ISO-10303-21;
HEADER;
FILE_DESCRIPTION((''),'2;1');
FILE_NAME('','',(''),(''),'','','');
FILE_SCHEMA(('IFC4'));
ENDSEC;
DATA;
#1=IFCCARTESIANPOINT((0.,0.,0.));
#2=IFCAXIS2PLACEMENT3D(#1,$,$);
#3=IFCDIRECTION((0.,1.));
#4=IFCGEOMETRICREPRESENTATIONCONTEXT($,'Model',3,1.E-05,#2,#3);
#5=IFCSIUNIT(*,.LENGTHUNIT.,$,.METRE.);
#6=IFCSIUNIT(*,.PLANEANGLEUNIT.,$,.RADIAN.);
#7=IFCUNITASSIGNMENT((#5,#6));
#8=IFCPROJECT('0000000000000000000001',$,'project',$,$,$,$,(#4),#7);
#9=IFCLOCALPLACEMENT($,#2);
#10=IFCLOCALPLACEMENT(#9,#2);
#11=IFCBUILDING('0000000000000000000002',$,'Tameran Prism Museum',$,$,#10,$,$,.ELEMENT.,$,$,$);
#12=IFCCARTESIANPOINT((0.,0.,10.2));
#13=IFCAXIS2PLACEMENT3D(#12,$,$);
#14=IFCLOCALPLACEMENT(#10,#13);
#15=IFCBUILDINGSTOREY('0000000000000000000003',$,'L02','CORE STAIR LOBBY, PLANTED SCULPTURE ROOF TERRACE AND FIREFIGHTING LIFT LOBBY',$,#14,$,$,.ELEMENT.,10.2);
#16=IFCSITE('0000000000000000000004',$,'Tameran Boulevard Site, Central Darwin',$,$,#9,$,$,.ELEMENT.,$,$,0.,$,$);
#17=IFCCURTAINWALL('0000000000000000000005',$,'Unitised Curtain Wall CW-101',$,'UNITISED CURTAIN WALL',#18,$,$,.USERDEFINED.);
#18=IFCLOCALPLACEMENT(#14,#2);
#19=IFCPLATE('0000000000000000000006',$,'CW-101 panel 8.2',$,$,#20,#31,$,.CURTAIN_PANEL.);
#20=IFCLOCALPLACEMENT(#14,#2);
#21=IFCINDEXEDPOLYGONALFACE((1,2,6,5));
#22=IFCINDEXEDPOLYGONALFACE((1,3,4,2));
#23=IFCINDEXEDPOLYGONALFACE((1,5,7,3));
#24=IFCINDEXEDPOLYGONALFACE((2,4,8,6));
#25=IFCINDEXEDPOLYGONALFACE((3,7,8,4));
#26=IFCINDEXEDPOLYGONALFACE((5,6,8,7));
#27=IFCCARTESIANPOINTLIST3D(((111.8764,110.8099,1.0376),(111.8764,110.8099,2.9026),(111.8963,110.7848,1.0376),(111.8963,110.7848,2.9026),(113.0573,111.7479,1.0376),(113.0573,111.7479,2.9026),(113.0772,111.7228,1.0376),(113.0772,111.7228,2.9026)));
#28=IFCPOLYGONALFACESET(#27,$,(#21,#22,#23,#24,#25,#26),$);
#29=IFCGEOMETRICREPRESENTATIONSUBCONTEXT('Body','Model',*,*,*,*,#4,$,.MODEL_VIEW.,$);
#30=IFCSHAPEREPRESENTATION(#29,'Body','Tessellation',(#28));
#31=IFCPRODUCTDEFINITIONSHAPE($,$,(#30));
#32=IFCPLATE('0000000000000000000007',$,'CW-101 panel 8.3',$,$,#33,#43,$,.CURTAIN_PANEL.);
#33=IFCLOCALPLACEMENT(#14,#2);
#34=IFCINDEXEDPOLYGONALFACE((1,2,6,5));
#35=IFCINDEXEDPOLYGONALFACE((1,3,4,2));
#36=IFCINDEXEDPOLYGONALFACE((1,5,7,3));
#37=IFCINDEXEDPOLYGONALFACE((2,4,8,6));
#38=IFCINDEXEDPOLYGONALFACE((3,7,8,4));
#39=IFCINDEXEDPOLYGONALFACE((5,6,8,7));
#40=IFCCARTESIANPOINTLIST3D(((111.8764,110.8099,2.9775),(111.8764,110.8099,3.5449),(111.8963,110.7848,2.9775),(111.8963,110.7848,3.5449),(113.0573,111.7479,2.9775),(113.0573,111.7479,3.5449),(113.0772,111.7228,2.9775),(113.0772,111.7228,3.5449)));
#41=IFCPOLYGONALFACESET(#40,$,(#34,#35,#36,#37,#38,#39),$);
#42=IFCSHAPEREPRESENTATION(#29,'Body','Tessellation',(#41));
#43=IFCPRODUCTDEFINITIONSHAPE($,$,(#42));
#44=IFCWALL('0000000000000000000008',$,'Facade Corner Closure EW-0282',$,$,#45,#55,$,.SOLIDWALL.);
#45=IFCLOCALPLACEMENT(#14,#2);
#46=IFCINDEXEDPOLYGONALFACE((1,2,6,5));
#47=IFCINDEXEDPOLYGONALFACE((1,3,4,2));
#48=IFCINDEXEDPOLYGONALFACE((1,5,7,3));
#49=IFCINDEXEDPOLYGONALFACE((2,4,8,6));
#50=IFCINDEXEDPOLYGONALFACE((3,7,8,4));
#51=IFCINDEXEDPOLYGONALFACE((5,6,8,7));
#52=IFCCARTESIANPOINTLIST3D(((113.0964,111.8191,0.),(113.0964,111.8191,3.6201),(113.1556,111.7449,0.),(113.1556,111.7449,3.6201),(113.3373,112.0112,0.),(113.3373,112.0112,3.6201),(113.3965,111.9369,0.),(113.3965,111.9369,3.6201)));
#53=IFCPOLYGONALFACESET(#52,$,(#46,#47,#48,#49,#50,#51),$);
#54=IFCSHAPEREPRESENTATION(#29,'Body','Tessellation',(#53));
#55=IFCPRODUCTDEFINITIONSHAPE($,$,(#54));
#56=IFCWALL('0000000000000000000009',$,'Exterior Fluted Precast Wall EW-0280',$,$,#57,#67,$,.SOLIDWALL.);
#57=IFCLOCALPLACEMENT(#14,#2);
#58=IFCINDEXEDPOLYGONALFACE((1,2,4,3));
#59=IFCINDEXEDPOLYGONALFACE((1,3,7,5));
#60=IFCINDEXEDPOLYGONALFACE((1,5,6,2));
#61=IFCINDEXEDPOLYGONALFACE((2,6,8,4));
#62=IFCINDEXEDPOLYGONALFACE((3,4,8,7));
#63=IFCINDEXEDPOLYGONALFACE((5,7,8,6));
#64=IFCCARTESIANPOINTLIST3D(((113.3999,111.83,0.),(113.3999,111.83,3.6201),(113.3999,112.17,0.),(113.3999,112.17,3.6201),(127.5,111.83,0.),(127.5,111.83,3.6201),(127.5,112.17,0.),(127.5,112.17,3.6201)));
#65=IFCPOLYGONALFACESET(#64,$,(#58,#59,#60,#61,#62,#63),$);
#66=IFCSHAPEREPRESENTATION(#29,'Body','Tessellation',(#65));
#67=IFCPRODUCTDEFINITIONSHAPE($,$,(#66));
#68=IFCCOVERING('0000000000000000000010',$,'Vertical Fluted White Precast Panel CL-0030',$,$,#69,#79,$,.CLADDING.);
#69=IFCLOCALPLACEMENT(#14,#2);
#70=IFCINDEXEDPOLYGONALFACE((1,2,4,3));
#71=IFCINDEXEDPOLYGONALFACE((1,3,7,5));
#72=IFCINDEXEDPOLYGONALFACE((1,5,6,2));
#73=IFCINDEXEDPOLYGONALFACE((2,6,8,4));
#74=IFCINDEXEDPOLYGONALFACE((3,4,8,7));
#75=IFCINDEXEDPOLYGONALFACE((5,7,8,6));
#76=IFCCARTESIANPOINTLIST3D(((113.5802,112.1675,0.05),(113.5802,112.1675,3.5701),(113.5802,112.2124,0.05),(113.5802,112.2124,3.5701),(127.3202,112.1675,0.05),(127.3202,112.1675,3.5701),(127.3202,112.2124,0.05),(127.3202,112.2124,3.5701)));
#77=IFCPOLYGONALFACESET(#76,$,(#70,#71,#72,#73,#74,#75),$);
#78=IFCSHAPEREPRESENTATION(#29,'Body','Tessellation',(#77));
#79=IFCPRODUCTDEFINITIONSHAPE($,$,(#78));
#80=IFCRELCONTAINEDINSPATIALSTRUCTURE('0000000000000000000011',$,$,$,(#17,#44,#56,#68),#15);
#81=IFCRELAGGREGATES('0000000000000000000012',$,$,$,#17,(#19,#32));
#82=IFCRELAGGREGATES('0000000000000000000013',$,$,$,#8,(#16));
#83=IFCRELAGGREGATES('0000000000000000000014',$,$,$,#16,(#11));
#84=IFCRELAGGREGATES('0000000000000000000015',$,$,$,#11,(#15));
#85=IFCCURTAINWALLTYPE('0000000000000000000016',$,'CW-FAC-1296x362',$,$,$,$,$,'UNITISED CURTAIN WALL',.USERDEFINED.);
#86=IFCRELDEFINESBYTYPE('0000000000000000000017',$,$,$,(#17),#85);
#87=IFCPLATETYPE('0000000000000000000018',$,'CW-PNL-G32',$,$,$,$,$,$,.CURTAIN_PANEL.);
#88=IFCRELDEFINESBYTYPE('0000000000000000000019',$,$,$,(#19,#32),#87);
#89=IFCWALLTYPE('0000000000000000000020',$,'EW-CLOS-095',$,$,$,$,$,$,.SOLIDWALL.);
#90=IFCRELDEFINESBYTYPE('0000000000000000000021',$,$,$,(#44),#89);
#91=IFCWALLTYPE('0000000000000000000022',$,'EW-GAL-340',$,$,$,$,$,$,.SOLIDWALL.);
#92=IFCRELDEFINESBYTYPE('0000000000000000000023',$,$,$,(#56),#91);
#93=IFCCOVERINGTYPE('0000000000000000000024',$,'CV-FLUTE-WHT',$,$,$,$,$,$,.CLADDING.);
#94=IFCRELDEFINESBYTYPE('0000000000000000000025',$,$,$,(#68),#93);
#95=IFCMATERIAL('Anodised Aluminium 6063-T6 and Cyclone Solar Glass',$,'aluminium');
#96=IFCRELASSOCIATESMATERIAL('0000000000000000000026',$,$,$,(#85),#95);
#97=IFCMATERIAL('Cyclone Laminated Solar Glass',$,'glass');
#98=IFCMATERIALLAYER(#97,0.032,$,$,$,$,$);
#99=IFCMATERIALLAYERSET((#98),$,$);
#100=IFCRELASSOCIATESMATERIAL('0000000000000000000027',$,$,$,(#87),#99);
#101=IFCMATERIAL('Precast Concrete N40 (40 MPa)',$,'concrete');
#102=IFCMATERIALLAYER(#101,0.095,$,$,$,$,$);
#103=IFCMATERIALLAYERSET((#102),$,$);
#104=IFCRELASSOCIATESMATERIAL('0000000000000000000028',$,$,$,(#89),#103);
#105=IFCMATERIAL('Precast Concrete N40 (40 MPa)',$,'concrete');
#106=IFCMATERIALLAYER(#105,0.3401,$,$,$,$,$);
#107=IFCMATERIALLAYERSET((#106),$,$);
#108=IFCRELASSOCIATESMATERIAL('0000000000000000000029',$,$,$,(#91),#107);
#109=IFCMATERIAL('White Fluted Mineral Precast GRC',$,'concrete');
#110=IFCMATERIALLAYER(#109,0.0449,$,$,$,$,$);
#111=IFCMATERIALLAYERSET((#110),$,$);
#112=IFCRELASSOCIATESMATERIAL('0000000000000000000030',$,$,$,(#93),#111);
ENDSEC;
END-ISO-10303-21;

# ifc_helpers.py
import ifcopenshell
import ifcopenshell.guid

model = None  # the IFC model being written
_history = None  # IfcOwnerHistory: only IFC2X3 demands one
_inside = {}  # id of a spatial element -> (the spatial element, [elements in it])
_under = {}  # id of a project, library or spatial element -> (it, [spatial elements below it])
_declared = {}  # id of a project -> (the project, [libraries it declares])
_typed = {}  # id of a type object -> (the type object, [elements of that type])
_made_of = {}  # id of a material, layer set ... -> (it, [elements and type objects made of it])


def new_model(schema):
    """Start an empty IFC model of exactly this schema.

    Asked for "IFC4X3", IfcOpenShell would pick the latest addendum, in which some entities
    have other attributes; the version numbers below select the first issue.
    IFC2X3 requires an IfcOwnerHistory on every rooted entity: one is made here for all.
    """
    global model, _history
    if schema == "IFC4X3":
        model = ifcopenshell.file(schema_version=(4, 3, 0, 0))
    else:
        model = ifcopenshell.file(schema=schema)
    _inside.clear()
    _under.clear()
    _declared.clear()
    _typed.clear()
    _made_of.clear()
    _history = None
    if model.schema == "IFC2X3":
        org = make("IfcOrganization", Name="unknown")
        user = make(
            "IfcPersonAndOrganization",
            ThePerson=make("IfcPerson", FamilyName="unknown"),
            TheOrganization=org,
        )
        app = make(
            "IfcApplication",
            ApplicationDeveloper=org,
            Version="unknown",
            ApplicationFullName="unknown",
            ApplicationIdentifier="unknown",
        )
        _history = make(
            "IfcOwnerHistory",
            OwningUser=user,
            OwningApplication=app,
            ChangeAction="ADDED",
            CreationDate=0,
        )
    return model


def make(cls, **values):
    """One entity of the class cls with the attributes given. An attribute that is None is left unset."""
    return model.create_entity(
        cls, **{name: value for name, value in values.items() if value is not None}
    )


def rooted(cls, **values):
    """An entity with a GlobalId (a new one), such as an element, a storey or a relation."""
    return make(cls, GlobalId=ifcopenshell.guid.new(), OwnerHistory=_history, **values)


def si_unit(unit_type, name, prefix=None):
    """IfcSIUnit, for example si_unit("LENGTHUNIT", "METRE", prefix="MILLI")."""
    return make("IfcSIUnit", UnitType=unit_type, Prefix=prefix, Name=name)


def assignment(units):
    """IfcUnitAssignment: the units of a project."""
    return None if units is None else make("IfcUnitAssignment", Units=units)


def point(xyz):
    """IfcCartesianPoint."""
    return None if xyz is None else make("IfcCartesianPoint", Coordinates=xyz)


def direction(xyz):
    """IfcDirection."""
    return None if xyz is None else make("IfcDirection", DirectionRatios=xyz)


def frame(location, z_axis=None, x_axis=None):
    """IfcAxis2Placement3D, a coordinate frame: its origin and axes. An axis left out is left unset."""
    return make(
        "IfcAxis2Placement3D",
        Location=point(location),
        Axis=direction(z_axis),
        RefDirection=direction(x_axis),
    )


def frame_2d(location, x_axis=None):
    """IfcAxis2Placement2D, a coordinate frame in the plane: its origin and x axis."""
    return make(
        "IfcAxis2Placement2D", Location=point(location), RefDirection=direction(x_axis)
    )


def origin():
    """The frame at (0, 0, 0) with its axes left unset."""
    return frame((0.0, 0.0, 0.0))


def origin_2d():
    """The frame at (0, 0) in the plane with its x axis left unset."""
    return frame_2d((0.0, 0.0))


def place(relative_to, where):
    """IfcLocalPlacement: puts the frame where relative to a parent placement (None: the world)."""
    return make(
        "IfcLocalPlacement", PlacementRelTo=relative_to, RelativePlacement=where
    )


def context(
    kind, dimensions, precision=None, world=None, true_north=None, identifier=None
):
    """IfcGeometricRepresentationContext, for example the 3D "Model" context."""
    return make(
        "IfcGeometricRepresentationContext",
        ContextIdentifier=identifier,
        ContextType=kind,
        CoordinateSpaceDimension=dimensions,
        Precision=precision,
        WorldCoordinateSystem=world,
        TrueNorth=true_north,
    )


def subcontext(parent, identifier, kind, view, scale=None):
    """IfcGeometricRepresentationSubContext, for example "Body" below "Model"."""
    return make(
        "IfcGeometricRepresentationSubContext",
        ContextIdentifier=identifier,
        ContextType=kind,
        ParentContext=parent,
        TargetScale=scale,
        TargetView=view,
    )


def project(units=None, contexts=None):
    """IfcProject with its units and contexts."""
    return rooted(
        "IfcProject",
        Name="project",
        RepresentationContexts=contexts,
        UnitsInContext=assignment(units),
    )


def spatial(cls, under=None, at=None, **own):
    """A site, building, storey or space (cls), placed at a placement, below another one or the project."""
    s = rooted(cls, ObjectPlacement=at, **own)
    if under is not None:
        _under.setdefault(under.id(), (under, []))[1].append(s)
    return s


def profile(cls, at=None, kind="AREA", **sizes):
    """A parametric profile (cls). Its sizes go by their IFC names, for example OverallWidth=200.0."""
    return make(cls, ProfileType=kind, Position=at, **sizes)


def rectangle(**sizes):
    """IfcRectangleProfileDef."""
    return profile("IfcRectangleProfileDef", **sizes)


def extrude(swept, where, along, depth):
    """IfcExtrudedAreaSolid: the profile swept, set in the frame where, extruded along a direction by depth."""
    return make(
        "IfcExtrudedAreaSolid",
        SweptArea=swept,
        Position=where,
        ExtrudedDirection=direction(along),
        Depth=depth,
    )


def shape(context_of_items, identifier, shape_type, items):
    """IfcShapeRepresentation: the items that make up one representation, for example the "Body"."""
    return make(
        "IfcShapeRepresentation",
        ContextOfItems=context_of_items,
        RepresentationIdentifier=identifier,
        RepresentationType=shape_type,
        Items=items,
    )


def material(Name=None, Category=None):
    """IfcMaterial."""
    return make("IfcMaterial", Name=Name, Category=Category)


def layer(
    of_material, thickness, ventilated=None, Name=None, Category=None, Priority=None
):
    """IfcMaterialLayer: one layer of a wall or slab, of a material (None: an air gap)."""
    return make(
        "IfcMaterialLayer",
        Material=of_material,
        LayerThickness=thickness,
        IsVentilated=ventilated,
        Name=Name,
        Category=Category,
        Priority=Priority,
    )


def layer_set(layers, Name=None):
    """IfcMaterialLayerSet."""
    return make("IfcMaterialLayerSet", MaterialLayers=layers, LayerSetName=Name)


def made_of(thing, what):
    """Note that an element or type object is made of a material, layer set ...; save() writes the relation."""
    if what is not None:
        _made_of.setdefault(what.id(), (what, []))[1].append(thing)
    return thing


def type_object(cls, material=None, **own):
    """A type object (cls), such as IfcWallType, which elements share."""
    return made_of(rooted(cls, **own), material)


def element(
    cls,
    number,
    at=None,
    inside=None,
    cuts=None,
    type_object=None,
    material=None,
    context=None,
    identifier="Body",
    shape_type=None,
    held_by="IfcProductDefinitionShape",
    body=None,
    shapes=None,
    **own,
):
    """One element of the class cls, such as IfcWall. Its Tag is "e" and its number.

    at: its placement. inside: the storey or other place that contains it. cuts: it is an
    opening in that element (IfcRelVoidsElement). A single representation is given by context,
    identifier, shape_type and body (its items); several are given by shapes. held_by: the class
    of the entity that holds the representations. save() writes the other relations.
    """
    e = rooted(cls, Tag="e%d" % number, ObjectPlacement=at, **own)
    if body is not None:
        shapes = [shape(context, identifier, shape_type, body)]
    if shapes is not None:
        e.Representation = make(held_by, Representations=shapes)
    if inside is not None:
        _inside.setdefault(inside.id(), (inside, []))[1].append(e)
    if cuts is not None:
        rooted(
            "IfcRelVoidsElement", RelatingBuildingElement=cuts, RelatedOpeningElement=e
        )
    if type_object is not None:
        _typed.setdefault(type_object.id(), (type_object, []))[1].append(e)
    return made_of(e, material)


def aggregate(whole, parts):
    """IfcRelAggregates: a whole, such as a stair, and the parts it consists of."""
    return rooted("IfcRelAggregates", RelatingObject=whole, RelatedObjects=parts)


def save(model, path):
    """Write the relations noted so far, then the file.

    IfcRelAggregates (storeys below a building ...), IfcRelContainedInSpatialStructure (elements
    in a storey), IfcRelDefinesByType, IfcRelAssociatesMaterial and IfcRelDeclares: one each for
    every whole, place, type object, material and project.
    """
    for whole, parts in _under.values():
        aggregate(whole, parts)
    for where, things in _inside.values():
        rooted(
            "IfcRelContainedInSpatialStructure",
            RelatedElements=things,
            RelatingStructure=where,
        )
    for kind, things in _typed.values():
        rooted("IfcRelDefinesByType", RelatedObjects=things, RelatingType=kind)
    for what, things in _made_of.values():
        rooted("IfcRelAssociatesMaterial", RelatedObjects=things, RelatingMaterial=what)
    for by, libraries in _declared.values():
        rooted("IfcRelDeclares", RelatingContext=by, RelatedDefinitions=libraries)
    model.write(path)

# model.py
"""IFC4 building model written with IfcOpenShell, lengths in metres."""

from ifc_helpers import new_model, si_unit, direction, frame, frame_2d, origin, origin_2d, place, context, subcontext, project, spatial, rectangle, extrude, material, layer, layer_set, type_object, element, aggregate, save


model = new_model("IFC4")

# Units and contexts
model_context = context("Model", 3, precision=1e-05, world=origin(), true_north=direction((0.0, 1.0)))
body_context = subcontext(model_context, "Body", "Model", "MODEL_VIEW")
ifc_project = project(units=[si_unit("LENGTHUNIT", "METRE"), si_unit("PLANEANGLEUNIT", "RADIAN")], contexts=[model_context])

# Site, building, storey
site_placement = place(None, origin())
site = spatial("IfcSite", under=ifc_project, at=site_placement, Name="Tameran Boulevard Site, Central Darwin", CompositionType="ELEMENT", RefElevation=0.0)
building_placement = place(site_placement, origin())
building = spatial("IfcBuilding", under=site, at=building_placement, Name="Tameran Prism Museum", CompositionType="ELEMENT")
storey_placement = place(building_placement, frame((0.0, 0.0, 10.2)))
storey = spatial("IfcBuildingStorey", under=building, at=storey_placement, Name="L02", Description="CORE STAIR LOBBY, PLANTED SCULPTURE ROOF TERRACE AND FIREFIGHTING LIFT LOBBY", CompositionType="ELEMENT", Elevation=10.2)

# Curtain wall, plates
ifc_material_1 = material(Name="Anodised Aluminium 6063-T6 and Cyclone Solar Glass", Category="aluminium")
curtain_wall_type = type_object("IfcCurtainWallType", Name="CW-FAC-1296x362", ElementType="UNITISED CURTAIN WALL", PredefinedType="USERDEFINED", material=ifc_material_1)
curtain_wall_placement = place(storey_placement, origin())
curtain_wall = element("IfcCurtainWall", 1, at=curtain_wall_placement, inside=storey, type_object=curtain_wall_type, Name="Unitised Curtain Wall CW-101", ObjectType="UNITISED CURTAIN WALL", PredefinedType="USERDEFINED")
ifc_material_2 = material(Name="Cyclone Laminated Solar Glass", Category="glass")
ifc_layer_1 = layer(ifc_material_2, 0.032)
ifc_layer_set_1 = layer_set([ifc_layer_1])
plate_type = type_object("IfcPlateType", Name="CW-PNL-G32", PredefinedType="CURTAIN_PANEL", material=ifc_layer_set_1)
plate_1_placement = place(storey_placement, frame((112.4768, 111.2664, 1.0376), z_axis=(0.0, 0.0, 1.0), x_axis=(0.783031, 0.621982, 0.0)))
plate_1 = element("IfcPlate", 2, at=plate_1_placement, type_object=plate_type, Name="CW-101 panel 8.2", PredefinedType="CURTAIN_PANEL", context=body_context, shape_type="SweptSolid", body=[
    extrude(rectangle(XDim=1.5081, YDim=0.032, at=origin_2d()), origin(), (0.0, 0.0, 1.0), 1.865),
])
plate_2_placement = place(storey_placement, frame((112.4768, 111.2664, 2.9775), z_axis=(0.0, 0.0, 1.0), x_axis=(0.783031, 0.621982, 0.0)))
plate_2 = element("IfcPlate", 3, at=plate_2_placement, type_object=plate_type, Name="CW-101 panel 8.3", PredefinedType="CURTAIN_PANEL", context=body_context, shape_type="SweptSolid", body=[
    extrude(rectangle(XDim=1.5081, YDim=0.032, at=origin_2d()), origin(), (0.0, 0.0, 1.0), 0.5674),
])
aggregate(curtain_wall, [plate_1, plate_2])

# Walls
ifc_material_3 = material(Name="Precast Concrete N40 (40 MPa)", Category="concrete")
ifc_layer_2 = layer(ifc_material_3, 0.095)
ifc_layer_set_2 = layer_set([ifc_layer_2])
wall_type_1 = type_object("IfcWallType", Name="EW-CLOS-095", PredefinedType="SOLIDWALL", material=ifc_layer_set_2)
wall_1_placement = place(storey_placement, frame((113.126, 111.782, 0.0), z_axis=(0.0, 0.0, 1.0), x_axis=(0.781873, 0.623438, 0.0)))
element("IfcWall", 4, at=wall_1_placement, inside=storey, type_object=wall_type_1, Name="Facade Corner Closure EW-0282", PredefinedType="SOLIDWALL", context=body_context, shape_type="SweptSolid", body=[
    extrude(rectangle(XDim=0.3081, YDim=0.095, at=frame_2d((0.1541, 0.0))), origin(), (0.0, 0.0, 1.0), 3.6201),
])
ifc_material_4 = material(Name="Precast Concrete N40 (40 MPa)", Category="concrete")
ifc_layer_3 = layer(ifc_material_4, 0.3401)
ifc_layer_set_3 = layer_set([ifc_layer_3])
wall_type_2 = type_object("IfcWallType", Name="EW-GAL-340", PredefinedType="SOLIDWALL", material=ifc_layer_set_3)
wall_2_placement = place(storey_placement, frame((113.3999, 112.0, 0.0), z_axis=(0.0, 0.0, 1.0), x_axis=(1.0, 0.0, 0.0)))
element("IfcWall", 5, at=wall_2_placement, inside=storey, type_object=wall_type_2, Name="Exterior Fluted Precast Wall EW-0280", PredefinedType="SOLIDWALL", context=body_context, shape_type="SweptSolid", body=[
    extrude(rectangle(XDim=14.1001, YDim=0.3401, at=frame_2d((7.05, 0.0))), origin(), (0.0, 0.0, 1.0), 3.6201),
])

# Covering
ifc_material_5 = material(Name="White Fluted Mineral Precast GRC", Category="concrete")
ifc_layer_4 = layer(ifc_material_5, 0.0449)
ifc_layer_set_4 = layer_set([ifc_layer_4])
covering_type = type_object("IfcCoveringType", Name="CV-FLUTE-WHT", PredefinedType="CLADDING", material=ifc_layer_set_4)
covering_placement = place(storey_placement, frame((113.5801, 112.1899, 0.05), z_axis=(0.0, 0.0, 1.0), x_axis=(1.0, 0.0, 0.0)))
element("IfcCovering", 6, at=covering_placement, inside=storey, type_object=covering_type, Name="Vertical Fluted White Precast Panel CL-0030", PredefinedType="CLADDING", context=body_context, shape_type="SweptSolid", body=[
    extrude(rectangle(XDim=13.74, YDim=0.0449, at=frame_2d((6.8701, 0.0))), origin(), (0.0, 0.0, 1.0), 3.52),
])

save(model, "model.ifc")
